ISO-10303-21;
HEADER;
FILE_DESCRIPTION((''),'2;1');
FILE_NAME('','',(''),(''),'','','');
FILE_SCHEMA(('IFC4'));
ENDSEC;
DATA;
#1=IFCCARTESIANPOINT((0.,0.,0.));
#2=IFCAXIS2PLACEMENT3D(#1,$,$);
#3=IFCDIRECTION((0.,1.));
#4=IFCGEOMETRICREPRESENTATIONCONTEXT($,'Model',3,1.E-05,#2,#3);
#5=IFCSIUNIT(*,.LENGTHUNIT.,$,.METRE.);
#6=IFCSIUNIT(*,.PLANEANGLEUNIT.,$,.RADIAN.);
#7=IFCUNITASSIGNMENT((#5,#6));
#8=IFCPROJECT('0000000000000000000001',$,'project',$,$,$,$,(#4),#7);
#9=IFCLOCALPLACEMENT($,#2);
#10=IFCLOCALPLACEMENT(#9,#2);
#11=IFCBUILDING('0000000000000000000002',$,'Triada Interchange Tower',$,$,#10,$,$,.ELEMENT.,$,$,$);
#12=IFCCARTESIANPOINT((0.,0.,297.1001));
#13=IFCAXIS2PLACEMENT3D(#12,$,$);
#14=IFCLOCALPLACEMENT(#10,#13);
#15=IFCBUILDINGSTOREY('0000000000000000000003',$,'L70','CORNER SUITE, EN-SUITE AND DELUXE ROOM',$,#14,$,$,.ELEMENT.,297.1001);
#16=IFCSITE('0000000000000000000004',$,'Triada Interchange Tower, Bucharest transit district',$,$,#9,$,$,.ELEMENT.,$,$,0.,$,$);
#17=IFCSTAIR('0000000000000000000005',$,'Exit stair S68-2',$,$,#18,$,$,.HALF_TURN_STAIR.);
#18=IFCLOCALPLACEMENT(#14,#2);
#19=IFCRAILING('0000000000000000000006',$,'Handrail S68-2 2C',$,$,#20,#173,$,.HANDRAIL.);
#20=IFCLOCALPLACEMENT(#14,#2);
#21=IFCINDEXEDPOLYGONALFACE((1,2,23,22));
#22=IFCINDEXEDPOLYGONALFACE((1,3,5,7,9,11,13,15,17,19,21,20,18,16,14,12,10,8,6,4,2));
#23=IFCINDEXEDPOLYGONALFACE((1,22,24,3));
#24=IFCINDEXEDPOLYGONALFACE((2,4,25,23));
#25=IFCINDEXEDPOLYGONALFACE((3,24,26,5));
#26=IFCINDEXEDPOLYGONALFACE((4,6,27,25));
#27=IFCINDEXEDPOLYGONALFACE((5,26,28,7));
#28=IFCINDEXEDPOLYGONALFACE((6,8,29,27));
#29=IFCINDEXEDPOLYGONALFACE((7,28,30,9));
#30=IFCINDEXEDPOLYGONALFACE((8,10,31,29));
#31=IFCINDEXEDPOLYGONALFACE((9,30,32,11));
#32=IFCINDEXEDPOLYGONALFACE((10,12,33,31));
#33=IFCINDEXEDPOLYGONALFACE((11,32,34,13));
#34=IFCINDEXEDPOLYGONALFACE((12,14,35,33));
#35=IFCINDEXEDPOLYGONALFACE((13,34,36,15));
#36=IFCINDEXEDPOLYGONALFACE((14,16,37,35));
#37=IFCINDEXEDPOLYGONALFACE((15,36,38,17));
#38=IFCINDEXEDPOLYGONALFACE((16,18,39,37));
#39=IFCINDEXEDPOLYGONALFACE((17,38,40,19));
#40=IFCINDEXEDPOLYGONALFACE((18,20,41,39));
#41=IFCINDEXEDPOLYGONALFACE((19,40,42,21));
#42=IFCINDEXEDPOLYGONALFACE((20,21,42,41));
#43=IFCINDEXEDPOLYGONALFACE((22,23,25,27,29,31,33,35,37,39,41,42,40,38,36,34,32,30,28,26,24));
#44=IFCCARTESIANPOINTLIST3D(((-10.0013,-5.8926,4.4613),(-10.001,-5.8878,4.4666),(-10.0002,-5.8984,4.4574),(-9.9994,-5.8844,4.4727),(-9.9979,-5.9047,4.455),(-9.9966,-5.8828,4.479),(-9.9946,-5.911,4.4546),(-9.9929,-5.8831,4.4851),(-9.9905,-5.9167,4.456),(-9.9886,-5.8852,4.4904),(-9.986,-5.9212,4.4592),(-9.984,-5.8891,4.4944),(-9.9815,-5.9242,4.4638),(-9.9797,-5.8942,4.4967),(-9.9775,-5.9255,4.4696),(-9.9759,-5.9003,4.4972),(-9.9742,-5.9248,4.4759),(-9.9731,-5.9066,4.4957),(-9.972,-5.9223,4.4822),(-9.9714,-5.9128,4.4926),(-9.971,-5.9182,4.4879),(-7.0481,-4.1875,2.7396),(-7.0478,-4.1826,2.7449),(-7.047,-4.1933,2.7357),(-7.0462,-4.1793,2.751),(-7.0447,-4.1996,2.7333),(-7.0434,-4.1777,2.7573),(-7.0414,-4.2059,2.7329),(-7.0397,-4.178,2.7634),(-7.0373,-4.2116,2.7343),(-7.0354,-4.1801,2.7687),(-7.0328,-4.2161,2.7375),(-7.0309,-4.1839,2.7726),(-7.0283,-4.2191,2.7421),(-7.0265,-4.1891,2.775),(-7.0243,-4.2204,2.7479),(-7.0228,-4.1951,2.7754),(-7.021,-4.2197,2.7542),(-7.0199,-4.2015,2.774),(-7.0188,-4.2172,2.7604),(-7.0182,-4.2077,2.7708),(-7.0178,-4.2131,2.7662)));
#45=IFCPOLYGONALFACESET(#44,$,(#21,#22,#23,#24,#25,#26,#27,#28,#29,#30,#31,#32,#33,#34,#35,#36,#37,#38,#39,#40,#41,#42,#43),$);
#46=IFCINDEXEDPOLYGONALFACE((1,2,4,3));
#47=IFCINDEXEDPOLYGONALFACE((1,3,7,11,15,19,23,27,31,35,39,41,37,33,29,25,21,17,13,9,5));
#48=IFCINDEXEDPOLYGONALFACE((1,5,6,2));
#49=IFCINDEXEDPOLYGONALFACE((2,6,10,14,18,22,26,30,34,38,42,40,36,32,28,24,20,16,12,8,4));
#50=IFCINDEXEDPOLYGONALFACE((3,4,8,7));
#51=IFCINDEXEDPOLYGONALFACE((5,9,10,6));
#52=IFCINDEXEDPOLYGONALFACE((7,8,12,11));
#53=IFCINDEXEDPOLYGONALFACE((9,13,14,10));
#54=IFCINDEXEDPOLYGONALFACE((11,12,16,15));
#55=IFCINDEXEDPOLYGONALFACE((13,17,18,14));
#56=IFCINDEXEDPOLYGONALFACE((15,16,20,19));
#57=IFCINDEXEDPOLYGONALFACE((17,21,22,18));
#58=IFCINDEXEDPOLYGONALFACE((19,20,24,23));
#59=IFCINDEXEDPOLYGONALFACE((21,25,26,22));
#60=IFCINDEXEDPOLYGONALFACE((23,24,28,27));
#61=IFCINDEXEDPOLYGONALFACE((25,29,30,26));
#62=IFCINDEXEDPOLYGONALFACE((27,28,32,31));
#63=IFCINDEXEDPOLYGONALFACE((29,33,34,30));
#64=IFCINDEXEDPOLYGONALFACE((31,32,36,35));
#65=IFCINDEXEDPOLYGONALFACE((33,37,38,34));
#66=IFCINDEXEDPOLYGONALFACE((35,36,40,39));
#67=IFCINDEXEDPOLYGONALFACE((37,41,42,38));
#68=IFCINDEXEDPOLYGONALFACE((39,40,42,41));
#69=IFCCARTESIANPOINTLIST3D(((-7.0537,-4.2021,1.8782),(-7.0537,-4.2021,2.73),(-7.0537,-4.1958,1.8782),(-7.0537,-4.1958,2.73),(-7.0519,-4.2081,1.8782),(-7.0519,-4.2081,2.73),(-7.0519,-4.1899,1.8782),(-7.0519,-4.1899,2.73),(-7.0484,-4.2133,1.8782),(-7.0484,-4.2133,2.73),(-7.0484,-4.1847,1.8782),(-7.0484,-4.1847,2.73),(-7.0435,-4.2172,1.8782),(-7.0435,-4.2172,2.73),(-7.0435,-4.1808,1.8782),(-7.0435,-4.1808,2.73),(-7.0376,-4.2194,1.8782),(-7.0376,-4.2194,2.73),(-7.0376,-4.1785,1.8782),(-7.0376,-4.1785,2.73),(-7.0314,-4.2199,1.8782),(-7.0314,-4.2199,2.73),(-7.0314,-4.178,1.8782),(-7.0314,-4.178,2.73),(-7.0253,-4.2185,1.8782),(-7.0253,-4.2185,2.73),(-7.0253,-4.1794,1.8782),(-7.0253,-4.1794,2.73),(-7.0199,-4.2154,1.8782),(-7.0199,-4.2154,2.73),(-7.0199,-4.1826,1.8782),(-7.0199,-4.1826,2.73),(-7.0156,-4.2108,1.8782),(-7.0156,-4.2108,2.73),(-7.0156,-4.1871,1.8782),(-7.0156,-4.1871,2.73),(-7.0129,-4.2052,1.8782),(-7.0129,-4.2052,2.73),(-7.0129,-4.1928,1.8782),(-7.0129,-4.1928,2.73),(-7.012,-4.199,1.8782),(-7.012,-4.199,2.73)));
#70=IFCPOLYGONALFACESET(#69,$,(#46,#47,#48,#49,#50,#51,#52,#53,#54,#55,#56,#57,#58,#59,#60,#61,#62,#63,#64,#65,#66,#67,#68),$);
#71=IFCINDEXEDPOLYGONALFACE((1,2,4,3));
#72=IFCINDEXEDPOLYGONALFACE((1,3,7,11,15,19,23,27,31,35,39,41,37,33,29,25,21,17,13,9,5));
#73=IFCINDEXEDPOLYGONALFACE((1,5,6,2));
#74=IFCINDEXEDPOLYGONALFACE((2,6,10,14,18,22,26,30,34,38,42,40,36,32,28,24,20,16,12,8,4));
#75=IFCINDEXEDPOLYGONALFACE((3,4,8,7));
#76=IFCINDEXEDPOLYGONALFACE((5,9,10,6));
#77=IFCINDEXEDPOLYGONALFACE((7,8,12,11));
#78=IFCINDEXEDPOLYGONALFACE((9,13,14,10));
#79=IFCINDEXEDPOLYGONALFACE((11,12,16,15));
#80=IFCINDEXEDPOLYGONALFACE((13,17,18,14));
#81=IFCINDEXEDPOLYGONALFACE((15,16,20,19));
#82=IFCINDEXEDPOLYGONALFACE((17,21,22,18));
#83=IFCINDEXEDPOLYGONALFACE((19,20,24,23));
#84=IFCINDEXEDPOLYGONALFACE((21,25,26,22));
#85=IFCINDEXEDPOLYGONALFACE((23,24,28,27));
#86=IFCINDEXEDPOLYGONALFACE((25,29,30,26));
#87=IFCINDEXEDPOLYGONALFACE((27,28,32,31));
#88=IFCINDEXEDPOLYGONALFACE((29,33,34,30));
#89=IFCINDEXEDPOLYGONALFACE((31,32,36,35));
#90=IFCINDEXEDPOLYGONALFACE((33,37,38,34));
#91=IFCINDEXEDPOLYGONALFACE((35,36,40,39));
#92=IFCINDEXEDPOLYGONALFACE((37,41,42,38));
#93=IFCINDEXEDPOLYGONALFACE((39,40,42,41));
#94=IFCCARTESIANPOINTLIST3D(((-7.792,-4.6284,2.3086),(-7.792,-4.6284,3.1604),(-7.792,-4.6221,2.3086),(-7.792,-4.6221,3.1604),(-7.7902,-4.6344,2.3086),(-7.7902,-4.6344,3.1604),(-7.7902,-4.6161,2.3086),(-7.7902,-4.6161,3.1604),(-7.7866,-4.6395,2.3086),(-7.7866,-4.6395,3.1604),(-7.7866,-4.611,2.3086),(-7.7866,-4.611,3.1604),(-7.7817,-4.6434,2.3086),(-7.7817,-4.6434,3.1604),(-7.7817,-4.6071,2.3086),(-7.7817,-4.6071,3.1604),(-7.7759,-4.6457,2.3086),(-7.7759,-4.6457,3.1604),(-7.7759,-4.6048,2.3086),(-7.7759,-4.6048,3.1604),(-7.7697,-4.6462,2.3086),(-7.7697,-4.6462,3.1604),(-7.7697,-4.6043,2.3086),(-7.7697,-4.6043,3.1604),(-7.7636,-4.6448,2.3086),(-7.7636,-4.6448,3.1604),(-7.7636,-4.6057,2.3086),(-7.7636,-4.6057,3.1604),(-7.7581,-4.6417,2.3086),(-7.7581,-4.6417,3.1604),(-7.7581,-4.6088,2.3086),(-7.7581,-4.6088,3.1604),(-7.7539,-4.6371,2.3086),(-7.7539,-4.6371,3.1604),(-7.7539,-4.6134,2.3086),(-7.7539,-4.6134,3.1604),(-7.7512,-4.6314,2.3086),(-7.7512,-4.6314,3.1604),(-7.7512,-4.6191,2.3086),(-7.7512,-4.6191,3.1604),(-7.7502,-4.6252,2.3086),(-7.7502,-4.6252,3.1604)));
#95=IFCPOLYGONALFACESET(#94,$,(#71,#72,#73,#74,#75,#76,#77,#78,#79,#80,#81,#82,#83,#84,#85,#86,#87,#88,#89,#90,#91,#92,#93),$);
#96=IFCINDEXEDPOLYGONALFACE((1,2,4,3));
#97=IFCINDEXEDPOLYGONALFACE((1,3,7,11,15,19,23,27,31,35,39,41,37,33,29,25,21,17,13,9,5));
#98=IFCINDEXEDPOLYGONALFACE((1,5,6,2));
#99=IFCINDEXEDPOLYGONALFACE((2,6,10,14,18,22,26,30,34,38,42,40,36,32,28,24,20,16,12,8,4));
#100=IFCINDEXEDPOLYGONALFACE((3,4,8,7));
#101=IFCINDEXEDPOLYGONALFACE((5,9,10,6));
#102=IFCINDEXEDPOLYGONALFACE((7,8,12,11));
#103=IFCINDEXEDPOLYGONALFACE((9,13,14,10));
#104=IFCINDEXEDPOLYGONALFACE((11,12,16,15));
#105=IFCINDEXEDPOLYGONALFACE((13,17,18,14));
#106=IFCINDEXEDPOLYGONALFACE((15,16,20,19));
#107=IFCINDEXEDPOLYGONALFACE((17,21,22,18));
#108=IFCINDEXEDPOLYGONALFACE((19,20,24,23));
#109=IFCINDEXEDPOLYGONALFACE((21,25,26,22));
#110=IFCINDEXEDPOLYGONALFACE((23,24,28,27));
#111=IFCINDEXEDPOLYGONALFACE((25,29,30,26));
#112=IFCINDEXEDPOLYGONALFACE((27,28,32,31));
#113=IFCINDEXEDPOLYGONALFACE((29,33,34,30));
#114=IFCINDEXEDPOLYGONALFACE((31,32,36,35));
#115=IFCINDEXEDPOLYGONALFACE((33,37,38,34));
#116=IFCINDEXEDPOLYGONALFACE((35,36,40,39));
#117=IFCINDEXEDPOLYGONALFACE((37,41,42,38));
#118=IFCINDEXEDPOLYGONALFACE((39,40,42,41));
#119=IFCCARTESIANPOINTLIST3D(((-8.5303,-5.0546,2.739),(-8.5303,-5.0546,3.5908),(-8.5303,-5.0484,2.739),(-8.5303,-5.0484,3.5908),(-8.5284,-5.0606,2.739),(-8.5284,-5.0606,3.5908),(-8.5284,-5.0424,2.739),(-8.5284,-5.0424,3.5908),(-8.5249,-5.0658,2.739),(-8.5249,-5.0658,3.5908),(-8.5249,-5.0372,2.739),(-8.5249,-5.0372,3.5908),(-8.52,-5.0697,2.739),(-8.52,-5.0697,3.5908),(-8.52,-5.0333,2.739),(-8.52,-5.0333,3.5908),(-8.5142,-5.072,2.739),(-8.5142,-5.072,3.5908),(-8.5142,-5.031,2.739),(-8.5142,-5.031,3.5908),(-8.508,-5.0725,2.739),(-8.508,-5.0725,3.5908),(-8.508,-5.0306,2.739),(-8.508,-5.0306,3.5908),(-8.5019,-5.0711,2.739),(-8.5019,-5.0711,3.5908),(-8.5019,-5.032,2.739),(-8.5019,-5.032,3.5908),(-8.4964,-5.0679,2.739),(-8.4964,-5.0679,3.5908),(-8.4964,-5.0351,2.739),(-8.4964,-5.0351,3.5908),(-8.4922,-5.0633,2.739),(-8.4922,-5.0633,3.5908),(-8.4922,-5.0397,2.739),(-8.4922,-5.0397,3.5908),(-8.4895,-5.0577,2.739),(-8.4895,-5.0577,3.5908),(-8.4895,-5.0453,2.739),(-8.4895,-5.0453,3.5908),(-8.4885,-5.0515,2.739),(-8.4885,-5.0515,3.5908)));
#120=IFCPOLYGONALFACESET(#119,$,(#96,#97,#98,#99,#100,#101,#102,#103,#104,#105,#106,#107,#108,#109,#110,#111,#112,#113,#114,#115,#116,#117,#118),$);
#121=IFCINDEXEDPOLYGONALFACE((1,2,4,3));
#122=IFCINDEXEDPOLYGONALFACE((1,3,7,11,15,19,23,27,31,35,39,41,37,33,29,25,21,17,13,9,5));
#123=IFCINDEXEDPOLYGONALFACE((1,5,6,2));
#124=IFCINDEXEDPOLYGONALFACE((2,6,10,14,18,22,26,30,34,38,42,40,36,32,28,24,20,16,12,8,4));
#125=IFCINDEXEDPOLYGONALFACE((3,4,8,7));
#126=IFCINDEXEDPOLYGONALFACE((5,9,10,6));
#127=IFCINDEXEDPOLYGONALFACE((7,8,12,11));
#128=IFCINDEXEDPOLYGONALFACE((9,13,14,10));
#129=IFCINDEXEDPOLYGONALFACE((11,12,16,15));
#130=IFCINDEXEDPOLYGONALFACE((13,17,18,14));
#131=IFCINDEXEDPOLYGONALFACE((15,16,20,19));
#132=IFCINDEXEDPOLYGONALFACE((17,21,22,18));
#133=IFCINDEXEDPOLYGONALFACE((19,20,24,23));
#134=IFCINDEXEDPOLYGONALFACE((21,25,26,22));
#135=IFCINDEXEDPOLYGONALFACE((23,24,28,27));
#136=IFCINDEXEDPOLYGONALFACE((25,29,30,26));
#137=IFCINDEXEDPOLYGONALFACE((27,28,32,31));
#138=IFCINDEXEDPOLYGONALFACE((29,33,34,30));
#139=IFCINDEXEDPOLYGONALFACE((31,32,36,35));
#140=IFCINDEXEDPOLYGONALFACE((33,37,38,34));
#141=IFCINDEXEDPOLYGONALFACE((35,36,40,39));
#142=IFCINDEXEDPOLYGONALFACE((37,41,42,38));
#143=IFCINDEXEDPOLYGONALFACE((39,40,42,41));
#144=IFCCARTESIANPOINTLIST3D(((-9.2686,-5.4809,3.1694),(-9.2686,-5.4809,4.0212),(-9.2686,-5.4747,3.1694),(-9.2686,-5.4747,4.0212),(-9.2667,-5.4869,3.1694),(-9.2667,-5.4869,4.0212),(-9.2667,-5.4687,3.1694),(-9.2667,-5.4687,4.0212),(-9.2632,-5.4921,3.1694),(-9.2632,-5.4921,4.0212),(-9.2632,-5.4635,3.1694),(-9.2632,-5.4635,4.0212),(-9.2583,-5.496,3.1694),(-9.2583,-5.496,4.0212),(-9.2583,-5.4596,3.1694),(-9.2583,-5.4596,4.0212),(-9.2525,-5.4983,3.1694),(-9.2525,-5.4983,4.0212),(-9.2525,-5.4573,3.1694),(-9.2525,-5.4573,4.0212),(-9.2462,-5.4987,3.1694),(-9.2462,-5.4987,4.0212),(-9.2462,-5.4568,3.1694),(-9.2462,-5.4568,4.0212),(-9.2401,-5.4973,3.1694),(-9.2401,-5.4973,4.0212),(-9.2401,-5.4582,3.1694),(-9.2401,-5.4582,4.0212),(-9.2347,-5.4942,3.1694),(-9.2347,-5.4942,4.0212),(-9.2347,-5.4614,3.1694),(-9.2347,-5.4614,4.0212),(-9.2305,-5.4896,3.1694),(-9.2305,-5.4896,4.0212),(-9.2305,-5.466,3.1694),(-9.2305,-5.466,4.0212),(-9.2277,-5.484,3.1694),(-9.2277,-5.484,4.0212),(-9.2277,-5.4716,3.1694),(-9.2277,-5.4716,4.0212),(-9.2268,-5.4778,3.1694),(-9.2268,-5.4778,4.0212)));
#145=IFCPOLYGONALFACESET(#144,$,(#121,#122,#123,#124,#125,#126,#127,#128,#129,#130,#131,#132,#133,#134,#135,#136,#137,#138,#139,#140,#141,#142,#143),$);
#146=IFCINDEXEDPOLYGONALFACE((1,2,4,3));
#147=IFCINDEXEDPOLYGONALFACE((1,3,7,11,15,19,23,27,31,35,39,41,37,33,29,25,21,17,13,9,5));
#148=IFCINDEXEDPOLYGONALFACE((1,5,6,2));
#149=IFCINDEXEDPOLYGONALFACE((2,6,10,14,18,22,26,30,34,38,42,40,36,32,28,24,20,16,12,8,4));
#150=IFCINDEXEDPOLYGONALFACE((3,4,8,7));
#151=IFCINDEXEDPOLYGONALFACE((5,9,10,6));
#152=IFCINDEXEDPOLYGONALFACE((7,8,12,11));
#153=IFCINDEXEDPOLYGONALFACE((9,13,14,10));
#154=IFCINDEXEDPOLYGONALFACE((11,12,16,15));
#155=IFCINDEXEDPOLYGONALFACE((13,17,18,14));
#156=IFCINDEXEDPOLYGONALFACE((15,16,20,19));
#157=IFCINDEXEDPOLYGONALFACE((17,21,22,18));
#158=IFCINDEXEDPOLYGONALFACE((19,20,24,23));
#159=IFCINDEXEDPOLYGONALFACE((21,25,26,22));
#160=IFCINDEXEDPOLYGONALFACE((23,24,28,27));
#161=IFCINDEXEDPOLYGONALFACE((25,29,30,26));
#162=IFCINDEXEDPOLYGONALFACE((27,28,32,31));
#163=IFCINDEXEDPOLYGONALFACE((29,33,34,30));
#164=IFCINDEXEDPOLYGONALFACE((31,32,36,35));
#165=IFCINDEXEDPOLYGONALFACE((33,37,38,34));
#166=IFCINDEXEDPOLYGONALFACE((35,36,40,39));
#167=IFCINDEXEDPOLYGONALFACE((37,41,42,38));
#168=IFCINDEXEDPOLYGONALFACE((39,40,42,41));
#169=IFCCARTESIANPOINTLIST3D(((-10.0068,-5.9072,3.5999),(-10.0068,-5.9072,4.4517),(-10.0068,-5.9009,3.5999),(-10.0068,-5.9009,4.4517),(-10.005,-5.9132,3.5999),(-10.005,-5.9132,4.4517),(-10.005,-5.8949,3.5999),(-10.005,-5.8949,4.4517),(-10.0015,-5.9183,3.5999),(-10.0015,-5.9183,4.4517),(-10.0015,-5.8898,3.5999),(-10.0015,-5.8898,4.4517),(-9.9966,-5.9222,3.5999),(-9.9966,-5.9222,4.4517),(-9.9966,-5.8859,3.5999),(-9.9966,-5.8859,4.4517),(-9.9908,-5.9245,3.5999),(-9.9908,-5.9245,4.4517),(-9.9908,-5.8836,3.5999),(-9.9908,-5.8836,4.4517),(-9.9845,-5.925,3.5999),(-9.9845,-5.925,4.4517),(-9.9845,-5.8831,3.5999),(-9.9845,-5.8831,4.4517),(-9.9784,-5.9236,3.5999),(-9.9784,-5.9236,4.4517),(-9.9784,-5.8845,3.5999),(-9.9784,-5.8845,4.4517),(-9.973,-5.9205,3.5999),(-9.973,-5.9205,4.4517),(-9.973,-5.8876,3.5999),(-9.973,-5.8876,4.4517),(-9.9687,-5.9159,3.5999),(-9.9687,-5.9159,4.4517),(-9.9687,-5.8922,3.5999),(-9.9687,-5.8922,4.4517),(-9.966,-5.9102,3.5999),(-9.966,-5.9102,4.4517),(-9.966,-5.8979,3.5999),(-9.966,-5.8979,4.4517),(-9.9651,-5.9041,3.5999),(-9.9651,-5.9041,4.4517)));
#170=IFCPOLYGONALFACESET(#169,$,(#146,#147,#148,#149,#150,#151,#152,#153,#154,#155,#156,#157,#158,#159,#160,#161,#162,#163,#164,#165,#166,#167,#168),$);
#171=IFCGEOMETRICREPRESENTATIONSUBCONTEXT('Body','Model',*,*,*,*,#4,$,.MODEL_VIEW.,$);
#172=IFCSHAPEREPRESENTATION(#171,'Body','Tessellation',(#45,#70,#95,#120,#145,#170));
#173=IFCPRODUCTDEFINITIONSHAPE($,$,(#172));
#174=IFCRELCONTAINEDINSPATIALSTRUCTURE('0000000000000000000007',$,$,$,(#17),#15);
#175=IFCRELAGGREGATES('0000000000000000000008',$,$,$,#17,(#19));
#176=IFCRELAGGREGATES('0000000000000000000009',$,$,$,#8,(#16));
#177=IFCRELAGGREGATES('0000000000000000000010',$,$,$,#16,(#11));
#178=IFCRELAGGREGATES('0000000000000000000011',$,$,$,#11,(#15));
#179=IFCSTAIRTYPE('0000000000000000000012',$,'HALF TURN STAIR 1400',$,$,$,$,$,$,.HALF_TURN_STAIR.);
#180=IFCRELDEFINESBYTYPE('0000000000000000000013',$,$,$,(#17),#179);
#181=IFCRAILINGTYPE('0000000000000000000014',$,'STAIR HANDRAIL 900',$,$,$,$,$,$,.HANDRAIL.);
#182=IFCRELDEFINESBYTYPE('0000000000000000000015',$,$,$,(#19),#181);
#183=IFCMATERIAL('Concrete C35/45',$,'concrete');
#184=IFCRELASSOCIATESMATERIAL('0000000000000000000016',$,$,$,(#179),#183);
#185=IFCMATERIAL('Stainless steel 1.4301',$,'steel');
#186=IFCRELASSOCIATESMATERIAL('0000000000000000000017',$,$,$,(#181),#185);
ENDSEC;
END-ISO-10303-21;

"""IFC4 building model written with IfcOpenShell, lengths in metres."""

from ifc_helpers import new_model, si_unit, direction, frame, origin, origin_2d, place, context, subcontext, project, spatial, circle, extrude, material, type_object, element, aggregate, save


model = new_model("IFC4")

# Units and contexts
model_context = context("Model", 3, precision=1e-05, world=origin(), true_north=direction((0.0, 1.0)))
body_context = subcontext(model_context, "Body", "Model", "MODEL_VIEW")
ifc_project = project(units=[si_unit("LENGTHUNIT", "METRE"), si_unit("PLANEANGLEUNIT", "RADIAN")], contexts=[model_context])

# Site, building, storey
site_placement = place(None, origin())
site = spatial("IfcSite", under=ifc_project, at=site_placement, Name="Triada Interchange Tower, Bucharest transit district", CompositionType="ELEMENT", RefElevation=0.0)
building_placement = place(site_placement, origin())
building = spatial("IfcBuilding", under=site, at=building_placement, Name="Triada Interchange Tower", CompositionType="ELEMENT")
storey_placement = place(building_placement, frame((0.0, 0.0, 297.1001)))
storey = spatial("IfcBuildingStorey", under=building, at=storey_placement, Name="L70", Description="CORNER SUITE, EN-SUITE AND DELUXE ROOM", CompositionType="ELEMENT", Elevation=297.1001)

# Stair, railing
ifc_material_1 = material(Name="Concrete C35/45", Category="concrete")
stair_type = type_object("IfcStairType", Name="HALF TURN STAIR 1400", PredefinedType="HALF_TURN_STAIR", material=ifc_material_1)
stair_placement = place(storey_placement, origin())
stair = element("IfcStair", 1, at=stair_placement, inside=storey, type_object=stair_type, Name="Exit stair S68-2", PredefinedType="HALF_TURN_STAIR")
ifc_material_2 = material(Name="Stainless steel 1.4301", Category="steel")
railing_type = type_object("IfcRailingType", Name="STAIR HANDRAIL 900", PredefinedType="HANDRAIL", material=ifc_material_2)
railing_1_placement = place(storey_placement, frame((-7.033, -4.199, 1.8782)))
railing_1 = element("IfcRailing", 2, at=railing_1_placement, type_object=railing_type, Name="Handrail S68-2 2C", PredefinedType="HANDRAIL", context=body_context, shape_type="SweptSolid", body=[
    extrude(circle(Radius=0.0239, at=origin_2d()), frame((0.0, 0.0, 0.876), z_axis=(-0.773069, -0.446355, 0.450701), x_axis=(0.50002, -0.866014, 0.0)), (0.0, 0.0, 1.0), 3.8201),
    extrude(circle(Radius=0.021, at=origin_2d()), origin(), (0.0, 0.0, 1.0), 0.8518),
    extrude(circle(Radius=0.021, at=origin_2d()), frame((-0.7383, -0.4263, 0.4304)), (0.0, 0.0, 1.0), 0.8518),
    extrude(circle(Radius=0.021, at=origin_2d()), frame((-1.4766, -0.8525, 0.8608)), (0.0, 0.0, 1.0), 0.8518),
    extrude(circle(Radius=0.021, at=origin_2d()), frame((-2.2148, -1.2788, 1.2913)), (0.0, 0.0, 1.0), 0.8518),
    extrude(circle(Radius=0.021, at=origin_2d()), frame((-2.9531, -1.7051, 1.7217)), (0.0, 0.0, 1.0), 0.8518),
])
aggregate(stair, [railing_1])

save(model, "model.ifc")
